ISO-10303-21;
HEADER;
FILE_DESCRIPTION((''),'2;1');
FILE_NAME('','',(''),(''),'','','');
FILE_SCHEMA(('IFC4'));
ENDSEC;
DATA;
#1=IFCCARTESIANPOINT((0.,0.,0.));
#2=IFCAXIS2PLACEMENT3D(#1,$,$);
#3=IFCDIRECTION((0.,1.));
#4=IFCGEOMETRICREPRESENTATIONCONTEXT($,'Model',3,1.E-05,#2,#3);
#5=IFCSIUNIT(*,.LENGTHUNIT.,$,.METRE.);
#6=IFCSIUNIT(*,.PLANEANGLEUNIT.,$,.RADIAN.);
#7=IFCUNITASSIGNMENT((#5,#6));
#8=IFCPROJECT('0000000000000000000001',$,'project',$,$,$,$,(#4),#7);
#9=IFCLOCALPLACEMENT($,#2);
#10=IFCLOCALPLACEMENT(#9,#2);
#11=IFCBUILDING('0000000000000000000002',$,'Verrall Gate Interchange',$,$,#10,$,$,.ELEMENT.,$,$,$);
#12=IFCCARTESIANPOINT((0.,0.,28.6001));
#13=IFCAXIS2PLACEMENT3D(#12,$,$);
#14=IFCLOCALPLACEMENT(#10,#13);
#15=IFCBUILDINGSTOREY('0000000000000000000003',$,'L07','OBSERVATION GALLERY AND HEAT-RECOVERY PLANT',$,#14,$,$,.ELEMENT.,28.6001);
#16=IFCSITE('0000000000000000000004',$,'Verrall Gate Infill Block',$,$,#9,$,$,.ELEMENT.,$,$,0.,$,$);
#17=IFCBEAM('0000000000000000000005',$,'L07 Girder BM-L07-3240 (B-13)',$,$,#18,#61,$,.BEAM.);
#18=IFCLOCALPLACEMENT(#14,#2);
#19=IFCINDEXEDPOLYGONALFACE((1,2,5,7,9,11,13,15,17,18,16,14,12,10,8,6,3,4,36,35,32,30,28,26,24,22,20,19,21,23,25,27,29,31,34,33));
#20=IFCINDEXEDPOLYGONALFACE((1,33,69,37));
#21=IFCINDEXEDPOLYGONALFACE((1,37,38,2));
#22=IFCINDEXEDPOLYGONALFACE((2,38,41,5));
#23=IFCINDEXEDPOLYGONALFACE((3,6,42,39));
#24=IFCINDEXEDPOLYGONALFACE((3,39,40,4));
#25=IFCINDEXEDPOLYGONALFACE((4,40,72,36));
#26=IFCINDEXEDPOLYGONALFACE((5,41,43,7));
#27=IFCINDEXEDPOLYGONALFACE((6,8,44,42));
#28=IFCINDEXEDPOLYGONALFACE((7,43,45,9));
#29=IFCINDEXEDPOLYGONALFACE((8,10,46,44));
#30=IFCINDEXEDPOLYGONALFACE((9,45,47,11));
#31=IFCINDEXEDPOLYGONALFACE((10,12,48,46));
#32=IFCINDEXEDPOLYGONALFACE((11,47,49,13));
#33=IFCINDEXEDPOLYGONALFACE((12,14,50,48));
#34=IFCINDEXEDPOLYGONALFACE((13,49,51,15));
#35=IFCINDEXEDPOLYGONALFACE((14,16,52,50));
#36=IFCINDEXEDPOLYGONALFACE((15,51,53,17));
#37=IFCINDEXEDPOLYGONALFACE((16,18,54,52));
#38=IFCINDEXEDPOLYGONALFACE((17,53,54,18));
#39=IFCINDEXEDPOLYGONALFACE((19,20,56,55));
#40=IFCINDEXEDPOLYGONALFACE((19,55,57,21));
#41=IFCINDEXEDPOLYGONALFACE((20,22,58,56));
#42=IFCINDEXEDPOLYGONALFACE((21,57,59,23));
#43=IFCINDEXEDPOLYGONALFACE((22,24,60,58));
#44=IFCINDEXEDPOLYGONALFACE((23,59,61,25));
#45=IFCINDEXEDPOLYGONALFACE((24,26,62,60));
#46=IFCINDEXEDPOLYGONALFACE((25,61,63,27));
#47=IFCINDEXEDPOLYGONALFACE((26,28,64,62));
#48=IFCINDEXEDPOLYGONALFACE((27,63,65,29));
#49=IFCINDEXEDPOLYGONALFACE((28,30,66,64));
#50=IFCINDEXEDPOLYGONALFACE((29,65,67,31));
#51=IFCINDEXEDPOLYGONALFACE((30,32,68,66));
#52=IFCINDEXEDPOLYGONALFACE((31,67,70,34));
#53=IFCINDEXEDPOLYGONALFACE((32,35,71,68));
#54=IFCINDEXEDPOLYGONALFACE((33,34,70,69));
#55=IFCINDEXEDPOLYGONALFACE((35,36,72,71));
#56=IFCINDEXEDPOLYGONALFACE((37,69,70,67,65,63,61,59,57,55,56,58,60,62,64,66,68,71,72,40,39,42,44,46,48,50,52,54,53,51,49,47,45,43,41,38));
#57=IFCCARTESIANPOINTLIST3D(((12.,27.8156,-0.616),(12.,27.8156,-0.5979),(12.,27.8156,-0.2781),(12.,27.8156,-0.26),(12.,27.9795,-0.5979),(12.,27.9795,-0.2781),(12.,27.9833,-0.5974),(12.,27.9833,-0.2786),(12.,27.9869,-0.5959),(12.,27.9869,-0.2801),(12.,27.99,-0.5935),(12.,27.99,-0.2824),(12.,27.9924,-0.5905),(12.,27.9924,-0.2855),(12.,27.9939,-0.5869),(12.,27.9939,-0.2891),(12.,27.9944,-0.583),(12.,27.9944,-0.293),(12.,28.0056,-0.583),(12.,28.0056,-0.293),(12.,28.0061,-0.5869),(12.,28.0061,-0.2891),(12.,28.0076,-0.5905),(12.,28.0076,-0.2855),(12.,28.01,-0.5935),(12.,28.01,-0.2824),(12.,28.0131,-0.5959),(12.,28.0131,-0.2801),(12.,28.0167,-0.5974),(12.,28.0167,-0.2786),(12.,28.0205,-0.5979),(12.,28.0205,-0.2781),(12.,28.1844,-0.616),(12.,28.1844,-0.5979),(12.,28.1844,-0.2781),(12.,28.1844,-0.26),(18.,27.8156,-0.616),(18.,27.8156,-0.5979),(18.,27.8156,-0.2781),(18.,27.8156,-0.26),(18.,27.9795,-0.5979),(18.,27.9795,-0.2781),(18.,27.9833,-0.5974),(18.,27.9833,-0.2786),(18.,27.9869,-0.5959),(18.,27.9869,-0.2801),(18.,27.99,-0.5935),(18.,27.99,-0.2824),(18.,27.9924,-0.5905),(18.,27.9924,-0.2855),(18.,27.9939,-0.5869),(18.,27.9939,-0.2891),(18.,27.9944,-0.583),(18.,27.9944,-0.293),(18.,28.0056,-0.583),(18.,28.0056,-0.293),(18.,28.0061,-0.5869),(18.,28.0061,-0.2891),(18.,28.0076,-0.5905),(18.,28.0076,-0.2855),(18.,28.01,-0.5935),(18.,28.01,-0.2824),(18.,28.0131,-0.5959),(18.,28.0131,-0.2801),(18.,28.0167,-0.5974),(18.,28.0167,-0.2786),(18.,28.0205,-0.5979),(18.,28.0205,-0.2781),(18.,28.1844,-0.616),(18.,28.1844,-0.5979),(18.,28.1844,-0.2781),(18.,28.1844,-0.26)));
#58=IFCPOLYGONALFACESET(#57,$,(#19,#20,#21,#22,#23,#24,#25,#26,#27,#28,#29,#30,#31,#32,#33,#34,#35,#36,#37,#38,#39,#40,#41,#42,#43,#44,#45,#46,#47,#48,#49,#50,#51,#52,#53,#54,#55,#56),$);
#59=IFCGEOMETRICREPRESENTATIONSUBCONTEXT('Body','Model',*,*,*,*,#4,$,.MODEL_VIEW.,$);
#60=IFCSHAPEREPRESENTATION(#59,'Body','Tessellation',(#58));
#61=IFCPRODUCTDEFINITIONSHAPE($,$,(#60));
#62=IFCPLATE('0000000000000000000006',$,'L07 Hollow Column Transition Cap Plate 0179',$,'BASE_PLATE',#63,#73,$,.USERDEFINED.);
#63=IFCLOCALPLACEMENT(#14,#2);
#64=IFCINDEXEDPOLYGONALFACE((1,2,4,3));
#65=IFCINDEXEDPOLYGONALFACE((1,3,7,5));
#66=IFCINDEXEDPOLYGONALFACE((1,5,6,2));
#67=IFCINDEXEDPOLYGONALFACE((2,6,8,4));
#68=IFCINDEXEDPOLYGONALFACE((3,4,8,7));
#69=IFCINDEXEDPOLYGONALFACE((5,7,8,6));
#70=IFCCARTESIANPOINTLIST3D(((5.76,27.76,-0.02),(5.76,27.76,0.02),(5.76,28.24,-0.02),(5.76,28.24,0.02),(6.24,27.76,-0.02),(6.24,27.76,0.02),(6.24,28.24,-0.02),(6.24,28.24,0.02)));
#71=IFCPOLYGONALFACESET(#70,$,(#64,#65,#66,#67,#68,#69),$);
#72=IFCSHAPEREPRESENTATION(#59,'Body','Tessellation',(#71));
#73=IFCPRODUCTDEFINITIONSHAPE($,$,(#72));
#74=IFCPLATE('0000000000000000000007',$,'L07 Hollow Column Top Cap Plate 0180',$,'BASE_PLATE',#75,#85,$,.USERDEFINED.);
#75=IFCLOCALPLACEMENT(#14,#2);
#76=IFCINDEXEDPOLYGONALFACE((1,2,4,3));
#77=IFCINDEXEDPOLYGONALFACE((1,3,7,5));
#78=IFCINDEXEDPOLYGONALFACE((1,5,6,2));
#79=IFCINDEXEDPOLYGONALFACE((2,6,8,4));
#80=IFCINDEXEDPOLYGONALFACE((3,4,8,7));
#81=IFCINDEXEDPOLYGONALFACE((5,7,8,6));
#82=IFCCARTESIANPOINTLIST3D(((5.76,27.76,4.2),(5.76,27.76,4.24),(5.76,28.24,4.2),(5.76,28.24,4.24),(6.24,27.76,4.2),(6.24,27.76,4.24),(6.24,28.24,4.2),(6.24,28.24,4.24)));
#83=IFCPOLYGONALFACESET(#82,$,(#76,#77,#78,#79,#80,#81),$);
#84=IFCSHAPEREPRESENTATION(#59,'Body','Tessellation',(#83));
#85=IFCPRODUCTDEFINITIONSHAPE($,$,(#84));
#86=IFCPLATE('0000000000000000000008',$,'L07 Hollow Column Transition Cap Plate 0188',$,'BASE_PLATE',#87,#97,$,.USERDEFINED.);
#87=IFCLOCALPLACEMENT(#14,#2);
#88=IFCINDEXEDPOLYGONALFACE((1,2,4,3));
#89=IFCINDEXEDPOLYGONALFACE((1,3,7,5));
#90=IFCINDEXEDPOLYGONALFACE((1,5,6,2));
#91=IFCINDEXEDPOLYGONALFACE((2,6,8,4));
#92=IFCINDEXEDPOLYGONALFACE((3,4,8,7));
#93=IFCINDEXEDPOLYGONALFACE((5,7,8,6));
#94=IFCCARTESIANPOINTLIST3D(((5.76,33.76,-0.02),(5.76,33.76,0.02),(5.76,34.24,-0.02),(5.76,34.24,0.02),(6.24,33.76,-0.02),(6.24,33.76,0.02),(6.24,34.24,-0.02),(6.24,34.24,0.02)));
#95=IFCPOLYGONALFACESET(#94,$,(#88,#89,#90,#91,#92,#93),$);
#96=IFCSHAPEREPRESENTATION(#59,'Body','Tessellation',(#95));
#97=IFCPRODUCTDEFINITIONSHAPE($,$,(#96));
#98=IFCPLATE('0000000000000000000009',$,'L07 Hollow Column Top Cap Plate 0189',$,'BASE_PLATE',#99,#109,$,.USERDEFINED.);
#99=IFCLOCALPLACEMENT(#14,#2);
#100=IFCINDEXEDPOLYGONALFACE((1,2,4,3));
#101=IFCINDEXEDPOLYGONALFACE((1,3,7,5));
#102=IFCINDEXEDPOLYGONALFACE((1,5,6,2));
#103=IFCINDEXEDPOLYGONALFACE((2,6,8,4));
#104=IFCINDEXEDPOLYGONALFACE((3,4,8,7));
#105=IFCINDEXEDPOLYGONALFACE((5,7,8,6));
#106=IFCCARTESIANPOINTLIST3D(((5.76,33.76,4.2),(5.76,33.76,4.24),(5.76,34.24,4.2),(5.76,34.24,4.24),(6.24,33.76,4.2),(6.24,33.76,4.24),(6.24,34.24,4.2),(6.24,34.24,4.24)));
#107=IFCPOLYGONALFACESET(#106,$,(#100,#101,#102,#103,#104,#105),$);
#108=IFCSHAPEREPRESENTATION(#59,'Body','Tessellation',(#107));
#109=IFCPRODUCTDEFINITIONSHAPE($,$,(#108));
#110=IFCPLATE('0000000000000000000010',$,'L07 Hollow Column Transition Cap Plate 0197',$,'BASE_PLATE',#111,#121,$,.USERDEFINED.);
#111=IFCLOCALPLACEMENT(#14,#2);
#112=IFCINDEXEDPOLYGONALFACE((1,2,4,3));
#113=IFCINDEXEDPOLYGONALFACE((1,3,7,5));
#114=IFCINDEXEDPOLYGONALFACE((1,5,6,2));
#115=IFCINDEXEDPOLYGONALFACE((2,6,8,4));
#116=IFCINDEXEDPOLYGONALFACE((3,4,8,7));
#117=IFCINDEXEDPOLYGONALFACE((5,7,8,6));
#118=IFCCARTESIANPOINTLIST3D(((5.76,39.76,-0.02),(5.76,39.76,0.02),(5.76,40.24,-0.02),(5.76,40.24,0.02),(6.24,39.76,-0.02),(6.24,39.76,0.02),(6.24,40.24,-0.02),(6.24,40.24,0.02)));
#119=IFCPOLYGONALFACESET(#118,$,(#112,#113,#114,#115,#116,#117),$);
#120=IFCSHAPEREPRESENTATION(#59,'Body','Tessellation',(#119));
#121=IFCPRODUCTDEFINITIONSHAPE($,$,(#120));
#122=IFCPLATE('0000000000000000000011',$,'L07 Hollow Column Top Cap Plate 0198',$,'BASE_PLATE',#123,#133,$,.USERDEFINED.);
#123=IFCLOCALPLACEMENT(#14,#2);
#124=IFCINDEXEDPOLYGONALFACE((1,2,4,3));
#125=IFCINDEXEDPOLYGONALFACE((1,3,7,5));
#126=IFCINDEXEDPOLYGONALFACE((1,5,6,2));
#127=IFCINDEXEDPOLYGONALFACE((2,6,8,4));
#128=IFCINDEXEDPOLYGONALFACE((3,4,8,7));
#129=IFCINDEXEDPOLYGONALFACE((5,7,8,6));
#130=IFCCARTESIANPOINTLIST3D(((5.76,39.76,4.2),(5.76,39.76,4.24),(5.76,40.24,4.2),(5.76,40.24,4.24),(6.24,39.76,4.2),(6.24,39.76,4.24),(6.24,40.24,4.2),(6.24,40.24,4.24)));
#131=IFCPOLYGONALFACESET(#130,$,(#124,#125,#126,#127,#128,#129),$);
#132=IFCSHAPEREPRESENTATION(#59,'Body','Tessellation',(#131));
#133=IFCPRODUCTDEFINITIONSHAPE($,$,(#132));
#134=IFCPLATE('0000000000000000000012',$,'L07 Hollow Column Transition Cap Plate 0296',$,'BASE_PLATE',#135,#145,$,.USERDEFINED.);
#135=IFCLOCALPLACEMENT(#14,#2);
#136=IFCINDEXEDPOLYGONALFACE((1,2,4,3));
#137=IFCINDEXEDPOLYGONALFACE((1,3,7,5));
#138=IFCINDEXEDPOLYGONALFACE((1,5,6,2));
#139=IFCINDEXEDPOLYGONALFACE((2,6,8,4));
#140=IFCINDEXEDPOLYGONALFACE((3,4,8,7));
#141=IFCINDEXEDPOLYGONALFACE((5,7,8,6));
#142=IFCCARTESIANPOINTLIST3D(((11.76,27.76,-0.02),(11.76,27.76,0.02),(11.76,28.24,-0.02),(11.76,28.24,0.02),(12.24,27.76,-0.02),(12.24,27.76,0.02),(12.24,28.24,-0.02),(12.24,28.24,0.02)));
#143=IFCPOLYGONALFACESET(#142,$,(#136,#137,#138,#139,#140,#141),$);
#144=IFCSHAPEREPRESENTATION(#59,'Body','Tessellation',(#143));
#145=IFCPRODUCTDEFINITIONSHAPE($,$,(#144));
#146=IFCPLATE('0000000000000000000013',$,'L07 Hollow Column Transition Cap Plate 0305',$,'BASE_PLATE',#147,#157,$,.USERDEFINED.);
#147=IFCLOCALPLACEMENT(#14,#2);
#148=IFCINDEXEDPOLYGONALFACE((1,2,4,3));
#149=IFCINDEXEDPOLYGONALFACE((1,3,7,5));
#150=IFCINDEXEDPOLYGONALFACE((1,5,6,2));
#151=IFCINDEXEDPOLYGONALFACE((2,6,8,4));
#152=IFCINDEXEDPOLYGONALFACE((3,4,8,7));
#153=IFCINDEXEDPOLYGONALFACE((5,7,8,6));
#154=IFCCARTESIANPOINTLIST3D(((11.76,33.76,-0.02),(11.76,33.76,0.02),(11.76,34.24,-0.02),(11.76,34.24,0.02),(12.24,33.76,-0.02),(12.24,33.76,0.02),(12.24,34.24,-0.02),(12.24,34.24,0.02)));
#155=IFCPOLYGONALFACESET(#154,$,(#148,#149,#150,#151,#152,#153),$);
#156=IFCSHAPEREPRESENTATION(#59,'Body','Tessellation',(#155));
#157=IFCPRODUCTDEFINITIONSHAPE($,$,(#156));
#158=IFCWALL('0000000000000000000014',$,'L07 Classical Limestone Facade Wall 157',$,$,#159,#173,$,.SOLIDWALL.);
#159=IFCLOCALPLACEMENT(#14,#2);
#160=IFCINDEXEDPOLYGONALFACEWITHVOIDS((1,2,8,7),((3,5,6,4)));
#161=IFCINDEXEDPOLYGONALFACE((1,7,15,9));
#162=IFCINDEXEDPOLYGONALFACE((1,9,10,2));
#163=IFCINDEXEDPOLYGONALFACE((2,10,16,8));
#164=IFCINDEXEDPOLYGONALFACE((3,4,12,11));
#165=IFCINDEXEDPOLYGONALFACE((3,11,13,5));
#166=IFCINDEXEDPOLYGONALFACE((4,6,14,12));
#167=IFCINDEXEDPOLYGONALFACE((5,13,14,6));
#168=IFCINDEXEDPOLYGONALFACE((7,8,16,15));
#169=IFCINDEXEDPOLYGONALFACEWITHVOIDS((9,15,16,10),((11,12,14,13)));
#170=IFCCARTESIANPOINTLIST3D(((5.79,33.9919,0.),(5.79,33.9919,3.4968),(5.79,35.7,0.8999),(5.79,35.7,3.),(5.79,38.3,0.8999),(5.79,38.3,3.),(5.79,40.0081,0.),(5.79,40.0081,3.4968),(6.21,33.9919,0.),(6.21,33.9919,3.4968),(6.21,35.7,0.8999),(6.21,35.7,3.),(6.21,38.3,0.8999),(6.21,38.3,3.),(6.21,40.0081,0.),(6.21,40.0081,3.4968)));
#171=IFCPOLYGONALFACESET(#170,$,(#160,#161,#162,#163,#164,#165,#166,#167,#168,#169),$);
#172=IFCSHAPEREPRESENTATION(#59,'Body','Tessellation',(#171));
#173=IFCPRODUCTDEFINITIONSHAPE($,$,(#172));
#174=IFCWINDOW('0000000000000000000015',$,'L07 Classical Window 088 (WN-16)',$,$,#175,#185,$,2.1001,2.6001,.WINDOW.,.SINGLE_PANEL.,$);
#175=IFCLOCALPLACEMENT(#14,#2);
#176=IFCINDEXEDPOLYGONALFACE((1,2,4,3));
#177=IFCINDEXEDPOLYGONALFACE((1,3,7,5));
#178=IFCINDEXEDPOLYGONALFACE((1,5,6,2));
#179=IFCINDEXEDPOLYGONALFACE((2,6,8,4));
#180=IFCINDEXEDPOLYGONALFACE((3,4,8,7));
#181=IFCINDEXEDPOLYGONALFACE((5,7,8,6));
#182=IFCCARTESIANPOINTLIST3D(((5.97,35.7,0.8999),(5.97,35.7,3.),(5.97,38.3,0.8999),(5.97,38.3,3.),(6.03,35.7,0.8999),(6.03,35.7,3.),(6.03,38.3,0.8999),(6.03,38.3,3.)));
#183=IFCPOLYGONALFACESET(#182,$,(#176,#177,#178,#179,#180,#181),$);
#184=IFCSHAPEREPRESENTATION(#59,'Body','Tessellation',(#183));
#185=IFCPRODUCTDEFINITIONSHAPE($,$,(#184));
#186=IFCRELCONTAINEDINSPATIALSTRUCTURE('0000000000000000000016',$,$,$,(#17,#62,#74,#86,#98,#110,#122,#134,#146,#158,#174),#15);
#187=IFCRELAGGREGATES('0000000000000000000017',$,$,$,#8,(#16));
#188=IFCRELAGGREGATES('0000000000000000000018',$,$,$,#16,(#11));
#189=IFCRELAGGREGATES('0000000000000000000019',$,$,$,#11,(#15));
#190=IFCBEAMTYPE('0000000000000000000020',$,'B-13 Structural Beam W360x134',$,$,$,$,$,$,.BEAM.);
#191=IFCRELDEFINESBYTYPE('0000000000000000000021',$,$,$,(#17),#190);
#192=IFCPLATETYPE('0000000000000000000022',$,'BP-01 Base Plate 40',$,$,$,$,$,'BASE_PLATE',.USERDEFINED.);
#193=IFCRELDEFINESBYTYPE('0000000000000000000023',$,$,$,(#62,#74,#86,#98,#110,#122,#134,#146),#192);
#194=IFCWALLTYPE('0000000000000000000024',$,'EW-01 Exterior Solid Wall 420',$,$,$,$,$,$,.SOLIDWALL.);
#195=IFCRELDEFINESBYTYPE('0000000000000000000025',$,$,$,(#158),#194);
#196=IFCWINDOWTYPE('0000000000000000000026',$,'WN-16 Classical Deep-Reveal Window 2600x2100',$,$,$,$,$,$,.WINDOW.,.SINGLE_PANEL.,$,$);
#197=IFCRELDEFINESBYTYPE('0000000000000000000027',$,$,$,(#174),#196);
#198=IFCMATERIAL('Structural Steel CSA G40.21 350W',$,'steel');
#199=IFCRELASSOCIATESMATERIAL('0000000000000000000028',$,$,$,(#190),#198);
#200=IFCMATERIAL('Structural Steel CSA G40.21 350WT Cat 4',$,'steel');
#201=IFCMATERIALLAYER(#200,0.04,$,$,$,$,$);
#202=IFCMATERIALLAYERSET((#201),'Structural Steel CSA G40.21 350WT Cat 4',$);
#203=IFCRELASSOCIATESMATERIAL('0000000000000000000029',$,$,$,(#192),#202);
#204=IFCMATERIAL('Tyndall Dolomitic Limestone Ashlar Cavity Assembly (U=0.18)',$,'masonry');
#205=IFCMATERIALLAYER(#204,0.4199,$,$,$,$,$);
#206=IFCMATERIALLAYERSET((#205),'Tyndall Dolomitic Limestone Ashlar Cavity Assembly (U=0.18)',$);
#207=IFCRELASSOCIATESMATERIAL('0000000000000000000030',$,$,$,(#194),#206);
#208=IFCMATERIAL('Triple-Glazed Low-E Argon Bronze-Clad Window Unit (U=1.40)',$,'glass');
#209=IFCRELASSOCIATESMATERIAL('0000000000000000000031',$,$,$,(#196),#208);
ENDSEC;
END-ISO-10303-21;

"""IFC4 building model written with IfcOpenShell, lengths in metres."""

from ifc_helpers import new_model, si_unit, direction, frame, frame_2d, origin, origin_2d, place, context, subcontext, project, spatial, rectangle, i_section, extrude, material, layer, layer_set, material_profile, profile_set, type_object, element, fill, save


model = new_model("IFC4")

# Units and contexts
model_context = context("Model", 3, precision=1e-05, world=origin(), true_north=direction((0.0, 1.0)))
body_context = subcontext(model_context, "Body", "Model", "MODEL_VIEW")
ifc_project = project(units=[si_unit("LENGTHUNIT", "METRE"), si_unit("PLANEANGLEUNIT", "RADIAN")], contexts=[model_context])

# Site, building, storey
site_placement = place(None, origin())
site = spatial("IfcSite", under=ifc_project, at=site_placement, Name="Verrall Gate Infill Block", CompositionType="ELEMENT", RefElevation=0.0)
building_placement = place(site_placement, origin())
building = spatial("IfcBuilding", under=site, at=building_placement, Name="Verrall Gate Interchange", CompositionType="ELEMENT")
storey_placement = place(building_placement, frame((0.0, 0.0, 28.6001)))
storey = spatial("IfcBuildingStorey", under=building, at=storey_placement, Name="L07", Description="OBSERVATION GALLERY AND HEAT-RECOVERY PLANT", CompositionType="ELEMENT", Elevation=28.6001)

# Beam
ifc_material_1 = material(Name="Structural Steel CSA G40.21 350W", Category="steel")
ifc_material_profile_1 = material_profile(ifc_material_1, i_section(OverallWidth=0.3689, OverallDepth=0.356, WebThickness=0.0112, FlangeThickness=0.0181, FilletRadius=0.0149, at=origin_2d()), Name="W360x134")
ifc_profile_set_1 = profile_set([ifc_material_profile_1], Name="Structural Steel CSA G40.21 350W")
beam_type_1 = type_object("IfcBeamType", Name="B-13 Structural Beam W360x134", PredefinedType="BEAM", material=ifc_profile_set_1)
beam_1_placement = place(storey_placement, frame((12.0, 28.0, -0.438), z_axis=(1.0, 0.0, 0.0), x_axis=(0.0, 1.0, 0.0)))
element("IfcBeam", 1, at=beam_1_placement, inside=storey, type_object=beam_type_1, Name="L07 Girder BM-L07-3240 (B-13)", PredefinedType="BEAM", context=body_context, shape_type="SweptSolid", body=[
    extrude(i_section(OverallWidth=0.3689, OverallDepth=0.356, WebThickness=0.0112, FlangeThickness=0.0181, FilletRadius=0.0149, at=origin_2d()), origin(), (0.0, 0.0, 1.0), 6.0),
])

# Plates
ifc_material_2 = material(Name="Structural Steel CSA G40.21 350WT Cat 4", Category="steel")
ifc_layer_1 = layer(ifc_material_2, 0.04)
ifc_layer_set_1 = layer_set([ifc_layer_1], Name="Structural Steel CSA G40.21 350WT Cat 4")
plate_type = type_object("IfcPlateType", Name="BP-01 Base Plate 40", ElementType="BASE_PLATE", PredefinedType="USERDEFINED", material=ifc_layer_set_1)
for number, where, z_axis, x_axis, name in (
    (2, (6.0, 28.0, -0.02), (0.0, 0.0, 1.0), (1.0, 0.0, 0.0), "L07 Hollow Column Transition Cap Plate 0179"),
    (3, (6.0, 28.0, 4.2), (0.0, 0.0, 1.0), (1.0, 0.0, 0.0), "L07 Hollow Column Top Cap Plate 0180"),
    (4, (6.0, 34.0, -0.02), (0.0, 0.0, 1.0), (1.0, 0.0, 0.0), "L07 Hollow Column Transition Cap Plate 0188"),
    (5, (6.0, 34.0, 4.2), (0.0, 0.0, 1.0), (1.0, 0.0, 0.0), "L07 Hollow Column Top Cap Plate 0189"),
    (6, (6.0, 40.0, -0.02), (0.0, 0.0, 1.0), (1.0, 0.0, 0.0), "L07 Hollow Column Transition Cap Plate 0197"),
    (7, (6.0, 40.0, 4.2), (0.0, 0.0, 1.0), (1.0, 0.0, 0.0), "L07 Hollow Column Top Cap Plate 0198"),
    (8, (12.0, 28.0, -0.02), (0.0, 0.0, 1.0), (1.0, 0.0, 0.0), "L07 Hollow Column Transition Cap Plate 0296"),
    (9, (12.0, 34.0, -0.02), (0.0, 0.0, 1.0), (1.0, 0.0, 0.0), "L07 Hollow Column Transition Cap Plate 0305"),
):
    element("IfcPlate", number, at=place(storey_placement, frame(where, z_axis=z_axis, x_axis=x_axis)), inside=storey, type_object=plate_type, Name=name, ObjectType="BASE_PLATE", PredefinedType="USERDEFINED", context=body_context, shape_type="SweptSolid", body=[
        extrude(rectangle(XDim=0.48, YDim=0.48, at=origin_2d()), origin(), (0.0, 0.0, 1.0), 0.04),
    ])

# Wall, opening, window
ifc_material_3 = material(Name="Tyndall Dolomitic Limestone Ashlar Cavity Assembly (U=0.18)", Category="masonry")
ifc_layer_2 = layer(ifc_material_3, 0.4199)
ifc_layer_set_2 = layer_set([ifc_layer_2], Name="Tyndall Dolomitic Limestone Ashlar Cavity Assembly (U=0.18)")
wall_type_1 = type_object("IfcWallType", Name="EW-01 Exterior Solid Wall 420", PredefinedType="SOLIDWALL", material=ifc_layer_set_2)
wall_1_placement = place(storey_placement, frame((6.0, 40.0081, 0.0), z_axis=(0.0, 0.0, 1.0), x_axis=(0.0, -1.0, 0.0)))
wall_1 = element("IfcWall", 10, at=wall_1_placement, inside=storey, type_object=wall_type_1, Name="L07 Classical Limestone Facade Wall 157", PredefinedType="SOLIDWALL", context=body_context, shape_type="SweptSolid", body=[
    extrude(rectangle(XDim=6.0161, YDim=0.4199, at=frame_2d((3.0081, 0.0))), origin(), (0.0, 0.0, 1.0), 3.4968),
])
opening_1_placement = place(wall_1_placement, frame((1.708, 0.0, 0.8999)))
opening_1 = element("IfcOpeningElement", 11, at=opening_1_placement, cuts=wall_1, PredefinedType="OPENING", context=body_context, shape_type="SweptSolid", body=[
    extrude(rectangle(XDim=2.6001, YDim=2.1001, at=frame_2d((1.3, 1.05))), frame((0.0, 0.2249, 0.0), z_axis=(0.0, -1.0, 0.0), x_axis=(1.0, 0.0, 0.0)), (0.0, 0.0, 1.0), 0.4497),
])
ifc_material_4 = material(Name="Triple-Glazed Low-E Argon Bronze-Clad Window Unit (U=1.40)", Category="glass")
window_type_1 = type_object("IfcWindowType", Name="WN-16 Classical Deep-Reveal Window 2600x2100", PartitioningType="SINGLE_PANEL", PredefinedType="WINDOW", material=ifc_material_4)
window_1_placement = place(opening_1_placement, origin())
window_1 = element("IfcWindow", 12, at=window_1_placement, inside=storey, type_object=window_type_1, Name="L07 Classical Window 088 (WN-16)", OverallHeight=2.1001, OverallWidth=2.6001, PartitioningType="SINGLE_PANEL", PredefinedType="WINDOW", context=body_context, shape_type="SweptSolid", body=[
    extrude(rectangle(XDim=2.6001, YDim=2.1001, at=frame_2d((1.3, 1.05))), frame((0.0, 0.03, 0.0), z_axis=(0.0, -1.0, 0.0), x_axis=(1.0, 0.0, 0.0)), (0.0, 0.0, 1.0), 0.0601),
])
fill(opening_1, window_1)

save(model, "model.ifc")
